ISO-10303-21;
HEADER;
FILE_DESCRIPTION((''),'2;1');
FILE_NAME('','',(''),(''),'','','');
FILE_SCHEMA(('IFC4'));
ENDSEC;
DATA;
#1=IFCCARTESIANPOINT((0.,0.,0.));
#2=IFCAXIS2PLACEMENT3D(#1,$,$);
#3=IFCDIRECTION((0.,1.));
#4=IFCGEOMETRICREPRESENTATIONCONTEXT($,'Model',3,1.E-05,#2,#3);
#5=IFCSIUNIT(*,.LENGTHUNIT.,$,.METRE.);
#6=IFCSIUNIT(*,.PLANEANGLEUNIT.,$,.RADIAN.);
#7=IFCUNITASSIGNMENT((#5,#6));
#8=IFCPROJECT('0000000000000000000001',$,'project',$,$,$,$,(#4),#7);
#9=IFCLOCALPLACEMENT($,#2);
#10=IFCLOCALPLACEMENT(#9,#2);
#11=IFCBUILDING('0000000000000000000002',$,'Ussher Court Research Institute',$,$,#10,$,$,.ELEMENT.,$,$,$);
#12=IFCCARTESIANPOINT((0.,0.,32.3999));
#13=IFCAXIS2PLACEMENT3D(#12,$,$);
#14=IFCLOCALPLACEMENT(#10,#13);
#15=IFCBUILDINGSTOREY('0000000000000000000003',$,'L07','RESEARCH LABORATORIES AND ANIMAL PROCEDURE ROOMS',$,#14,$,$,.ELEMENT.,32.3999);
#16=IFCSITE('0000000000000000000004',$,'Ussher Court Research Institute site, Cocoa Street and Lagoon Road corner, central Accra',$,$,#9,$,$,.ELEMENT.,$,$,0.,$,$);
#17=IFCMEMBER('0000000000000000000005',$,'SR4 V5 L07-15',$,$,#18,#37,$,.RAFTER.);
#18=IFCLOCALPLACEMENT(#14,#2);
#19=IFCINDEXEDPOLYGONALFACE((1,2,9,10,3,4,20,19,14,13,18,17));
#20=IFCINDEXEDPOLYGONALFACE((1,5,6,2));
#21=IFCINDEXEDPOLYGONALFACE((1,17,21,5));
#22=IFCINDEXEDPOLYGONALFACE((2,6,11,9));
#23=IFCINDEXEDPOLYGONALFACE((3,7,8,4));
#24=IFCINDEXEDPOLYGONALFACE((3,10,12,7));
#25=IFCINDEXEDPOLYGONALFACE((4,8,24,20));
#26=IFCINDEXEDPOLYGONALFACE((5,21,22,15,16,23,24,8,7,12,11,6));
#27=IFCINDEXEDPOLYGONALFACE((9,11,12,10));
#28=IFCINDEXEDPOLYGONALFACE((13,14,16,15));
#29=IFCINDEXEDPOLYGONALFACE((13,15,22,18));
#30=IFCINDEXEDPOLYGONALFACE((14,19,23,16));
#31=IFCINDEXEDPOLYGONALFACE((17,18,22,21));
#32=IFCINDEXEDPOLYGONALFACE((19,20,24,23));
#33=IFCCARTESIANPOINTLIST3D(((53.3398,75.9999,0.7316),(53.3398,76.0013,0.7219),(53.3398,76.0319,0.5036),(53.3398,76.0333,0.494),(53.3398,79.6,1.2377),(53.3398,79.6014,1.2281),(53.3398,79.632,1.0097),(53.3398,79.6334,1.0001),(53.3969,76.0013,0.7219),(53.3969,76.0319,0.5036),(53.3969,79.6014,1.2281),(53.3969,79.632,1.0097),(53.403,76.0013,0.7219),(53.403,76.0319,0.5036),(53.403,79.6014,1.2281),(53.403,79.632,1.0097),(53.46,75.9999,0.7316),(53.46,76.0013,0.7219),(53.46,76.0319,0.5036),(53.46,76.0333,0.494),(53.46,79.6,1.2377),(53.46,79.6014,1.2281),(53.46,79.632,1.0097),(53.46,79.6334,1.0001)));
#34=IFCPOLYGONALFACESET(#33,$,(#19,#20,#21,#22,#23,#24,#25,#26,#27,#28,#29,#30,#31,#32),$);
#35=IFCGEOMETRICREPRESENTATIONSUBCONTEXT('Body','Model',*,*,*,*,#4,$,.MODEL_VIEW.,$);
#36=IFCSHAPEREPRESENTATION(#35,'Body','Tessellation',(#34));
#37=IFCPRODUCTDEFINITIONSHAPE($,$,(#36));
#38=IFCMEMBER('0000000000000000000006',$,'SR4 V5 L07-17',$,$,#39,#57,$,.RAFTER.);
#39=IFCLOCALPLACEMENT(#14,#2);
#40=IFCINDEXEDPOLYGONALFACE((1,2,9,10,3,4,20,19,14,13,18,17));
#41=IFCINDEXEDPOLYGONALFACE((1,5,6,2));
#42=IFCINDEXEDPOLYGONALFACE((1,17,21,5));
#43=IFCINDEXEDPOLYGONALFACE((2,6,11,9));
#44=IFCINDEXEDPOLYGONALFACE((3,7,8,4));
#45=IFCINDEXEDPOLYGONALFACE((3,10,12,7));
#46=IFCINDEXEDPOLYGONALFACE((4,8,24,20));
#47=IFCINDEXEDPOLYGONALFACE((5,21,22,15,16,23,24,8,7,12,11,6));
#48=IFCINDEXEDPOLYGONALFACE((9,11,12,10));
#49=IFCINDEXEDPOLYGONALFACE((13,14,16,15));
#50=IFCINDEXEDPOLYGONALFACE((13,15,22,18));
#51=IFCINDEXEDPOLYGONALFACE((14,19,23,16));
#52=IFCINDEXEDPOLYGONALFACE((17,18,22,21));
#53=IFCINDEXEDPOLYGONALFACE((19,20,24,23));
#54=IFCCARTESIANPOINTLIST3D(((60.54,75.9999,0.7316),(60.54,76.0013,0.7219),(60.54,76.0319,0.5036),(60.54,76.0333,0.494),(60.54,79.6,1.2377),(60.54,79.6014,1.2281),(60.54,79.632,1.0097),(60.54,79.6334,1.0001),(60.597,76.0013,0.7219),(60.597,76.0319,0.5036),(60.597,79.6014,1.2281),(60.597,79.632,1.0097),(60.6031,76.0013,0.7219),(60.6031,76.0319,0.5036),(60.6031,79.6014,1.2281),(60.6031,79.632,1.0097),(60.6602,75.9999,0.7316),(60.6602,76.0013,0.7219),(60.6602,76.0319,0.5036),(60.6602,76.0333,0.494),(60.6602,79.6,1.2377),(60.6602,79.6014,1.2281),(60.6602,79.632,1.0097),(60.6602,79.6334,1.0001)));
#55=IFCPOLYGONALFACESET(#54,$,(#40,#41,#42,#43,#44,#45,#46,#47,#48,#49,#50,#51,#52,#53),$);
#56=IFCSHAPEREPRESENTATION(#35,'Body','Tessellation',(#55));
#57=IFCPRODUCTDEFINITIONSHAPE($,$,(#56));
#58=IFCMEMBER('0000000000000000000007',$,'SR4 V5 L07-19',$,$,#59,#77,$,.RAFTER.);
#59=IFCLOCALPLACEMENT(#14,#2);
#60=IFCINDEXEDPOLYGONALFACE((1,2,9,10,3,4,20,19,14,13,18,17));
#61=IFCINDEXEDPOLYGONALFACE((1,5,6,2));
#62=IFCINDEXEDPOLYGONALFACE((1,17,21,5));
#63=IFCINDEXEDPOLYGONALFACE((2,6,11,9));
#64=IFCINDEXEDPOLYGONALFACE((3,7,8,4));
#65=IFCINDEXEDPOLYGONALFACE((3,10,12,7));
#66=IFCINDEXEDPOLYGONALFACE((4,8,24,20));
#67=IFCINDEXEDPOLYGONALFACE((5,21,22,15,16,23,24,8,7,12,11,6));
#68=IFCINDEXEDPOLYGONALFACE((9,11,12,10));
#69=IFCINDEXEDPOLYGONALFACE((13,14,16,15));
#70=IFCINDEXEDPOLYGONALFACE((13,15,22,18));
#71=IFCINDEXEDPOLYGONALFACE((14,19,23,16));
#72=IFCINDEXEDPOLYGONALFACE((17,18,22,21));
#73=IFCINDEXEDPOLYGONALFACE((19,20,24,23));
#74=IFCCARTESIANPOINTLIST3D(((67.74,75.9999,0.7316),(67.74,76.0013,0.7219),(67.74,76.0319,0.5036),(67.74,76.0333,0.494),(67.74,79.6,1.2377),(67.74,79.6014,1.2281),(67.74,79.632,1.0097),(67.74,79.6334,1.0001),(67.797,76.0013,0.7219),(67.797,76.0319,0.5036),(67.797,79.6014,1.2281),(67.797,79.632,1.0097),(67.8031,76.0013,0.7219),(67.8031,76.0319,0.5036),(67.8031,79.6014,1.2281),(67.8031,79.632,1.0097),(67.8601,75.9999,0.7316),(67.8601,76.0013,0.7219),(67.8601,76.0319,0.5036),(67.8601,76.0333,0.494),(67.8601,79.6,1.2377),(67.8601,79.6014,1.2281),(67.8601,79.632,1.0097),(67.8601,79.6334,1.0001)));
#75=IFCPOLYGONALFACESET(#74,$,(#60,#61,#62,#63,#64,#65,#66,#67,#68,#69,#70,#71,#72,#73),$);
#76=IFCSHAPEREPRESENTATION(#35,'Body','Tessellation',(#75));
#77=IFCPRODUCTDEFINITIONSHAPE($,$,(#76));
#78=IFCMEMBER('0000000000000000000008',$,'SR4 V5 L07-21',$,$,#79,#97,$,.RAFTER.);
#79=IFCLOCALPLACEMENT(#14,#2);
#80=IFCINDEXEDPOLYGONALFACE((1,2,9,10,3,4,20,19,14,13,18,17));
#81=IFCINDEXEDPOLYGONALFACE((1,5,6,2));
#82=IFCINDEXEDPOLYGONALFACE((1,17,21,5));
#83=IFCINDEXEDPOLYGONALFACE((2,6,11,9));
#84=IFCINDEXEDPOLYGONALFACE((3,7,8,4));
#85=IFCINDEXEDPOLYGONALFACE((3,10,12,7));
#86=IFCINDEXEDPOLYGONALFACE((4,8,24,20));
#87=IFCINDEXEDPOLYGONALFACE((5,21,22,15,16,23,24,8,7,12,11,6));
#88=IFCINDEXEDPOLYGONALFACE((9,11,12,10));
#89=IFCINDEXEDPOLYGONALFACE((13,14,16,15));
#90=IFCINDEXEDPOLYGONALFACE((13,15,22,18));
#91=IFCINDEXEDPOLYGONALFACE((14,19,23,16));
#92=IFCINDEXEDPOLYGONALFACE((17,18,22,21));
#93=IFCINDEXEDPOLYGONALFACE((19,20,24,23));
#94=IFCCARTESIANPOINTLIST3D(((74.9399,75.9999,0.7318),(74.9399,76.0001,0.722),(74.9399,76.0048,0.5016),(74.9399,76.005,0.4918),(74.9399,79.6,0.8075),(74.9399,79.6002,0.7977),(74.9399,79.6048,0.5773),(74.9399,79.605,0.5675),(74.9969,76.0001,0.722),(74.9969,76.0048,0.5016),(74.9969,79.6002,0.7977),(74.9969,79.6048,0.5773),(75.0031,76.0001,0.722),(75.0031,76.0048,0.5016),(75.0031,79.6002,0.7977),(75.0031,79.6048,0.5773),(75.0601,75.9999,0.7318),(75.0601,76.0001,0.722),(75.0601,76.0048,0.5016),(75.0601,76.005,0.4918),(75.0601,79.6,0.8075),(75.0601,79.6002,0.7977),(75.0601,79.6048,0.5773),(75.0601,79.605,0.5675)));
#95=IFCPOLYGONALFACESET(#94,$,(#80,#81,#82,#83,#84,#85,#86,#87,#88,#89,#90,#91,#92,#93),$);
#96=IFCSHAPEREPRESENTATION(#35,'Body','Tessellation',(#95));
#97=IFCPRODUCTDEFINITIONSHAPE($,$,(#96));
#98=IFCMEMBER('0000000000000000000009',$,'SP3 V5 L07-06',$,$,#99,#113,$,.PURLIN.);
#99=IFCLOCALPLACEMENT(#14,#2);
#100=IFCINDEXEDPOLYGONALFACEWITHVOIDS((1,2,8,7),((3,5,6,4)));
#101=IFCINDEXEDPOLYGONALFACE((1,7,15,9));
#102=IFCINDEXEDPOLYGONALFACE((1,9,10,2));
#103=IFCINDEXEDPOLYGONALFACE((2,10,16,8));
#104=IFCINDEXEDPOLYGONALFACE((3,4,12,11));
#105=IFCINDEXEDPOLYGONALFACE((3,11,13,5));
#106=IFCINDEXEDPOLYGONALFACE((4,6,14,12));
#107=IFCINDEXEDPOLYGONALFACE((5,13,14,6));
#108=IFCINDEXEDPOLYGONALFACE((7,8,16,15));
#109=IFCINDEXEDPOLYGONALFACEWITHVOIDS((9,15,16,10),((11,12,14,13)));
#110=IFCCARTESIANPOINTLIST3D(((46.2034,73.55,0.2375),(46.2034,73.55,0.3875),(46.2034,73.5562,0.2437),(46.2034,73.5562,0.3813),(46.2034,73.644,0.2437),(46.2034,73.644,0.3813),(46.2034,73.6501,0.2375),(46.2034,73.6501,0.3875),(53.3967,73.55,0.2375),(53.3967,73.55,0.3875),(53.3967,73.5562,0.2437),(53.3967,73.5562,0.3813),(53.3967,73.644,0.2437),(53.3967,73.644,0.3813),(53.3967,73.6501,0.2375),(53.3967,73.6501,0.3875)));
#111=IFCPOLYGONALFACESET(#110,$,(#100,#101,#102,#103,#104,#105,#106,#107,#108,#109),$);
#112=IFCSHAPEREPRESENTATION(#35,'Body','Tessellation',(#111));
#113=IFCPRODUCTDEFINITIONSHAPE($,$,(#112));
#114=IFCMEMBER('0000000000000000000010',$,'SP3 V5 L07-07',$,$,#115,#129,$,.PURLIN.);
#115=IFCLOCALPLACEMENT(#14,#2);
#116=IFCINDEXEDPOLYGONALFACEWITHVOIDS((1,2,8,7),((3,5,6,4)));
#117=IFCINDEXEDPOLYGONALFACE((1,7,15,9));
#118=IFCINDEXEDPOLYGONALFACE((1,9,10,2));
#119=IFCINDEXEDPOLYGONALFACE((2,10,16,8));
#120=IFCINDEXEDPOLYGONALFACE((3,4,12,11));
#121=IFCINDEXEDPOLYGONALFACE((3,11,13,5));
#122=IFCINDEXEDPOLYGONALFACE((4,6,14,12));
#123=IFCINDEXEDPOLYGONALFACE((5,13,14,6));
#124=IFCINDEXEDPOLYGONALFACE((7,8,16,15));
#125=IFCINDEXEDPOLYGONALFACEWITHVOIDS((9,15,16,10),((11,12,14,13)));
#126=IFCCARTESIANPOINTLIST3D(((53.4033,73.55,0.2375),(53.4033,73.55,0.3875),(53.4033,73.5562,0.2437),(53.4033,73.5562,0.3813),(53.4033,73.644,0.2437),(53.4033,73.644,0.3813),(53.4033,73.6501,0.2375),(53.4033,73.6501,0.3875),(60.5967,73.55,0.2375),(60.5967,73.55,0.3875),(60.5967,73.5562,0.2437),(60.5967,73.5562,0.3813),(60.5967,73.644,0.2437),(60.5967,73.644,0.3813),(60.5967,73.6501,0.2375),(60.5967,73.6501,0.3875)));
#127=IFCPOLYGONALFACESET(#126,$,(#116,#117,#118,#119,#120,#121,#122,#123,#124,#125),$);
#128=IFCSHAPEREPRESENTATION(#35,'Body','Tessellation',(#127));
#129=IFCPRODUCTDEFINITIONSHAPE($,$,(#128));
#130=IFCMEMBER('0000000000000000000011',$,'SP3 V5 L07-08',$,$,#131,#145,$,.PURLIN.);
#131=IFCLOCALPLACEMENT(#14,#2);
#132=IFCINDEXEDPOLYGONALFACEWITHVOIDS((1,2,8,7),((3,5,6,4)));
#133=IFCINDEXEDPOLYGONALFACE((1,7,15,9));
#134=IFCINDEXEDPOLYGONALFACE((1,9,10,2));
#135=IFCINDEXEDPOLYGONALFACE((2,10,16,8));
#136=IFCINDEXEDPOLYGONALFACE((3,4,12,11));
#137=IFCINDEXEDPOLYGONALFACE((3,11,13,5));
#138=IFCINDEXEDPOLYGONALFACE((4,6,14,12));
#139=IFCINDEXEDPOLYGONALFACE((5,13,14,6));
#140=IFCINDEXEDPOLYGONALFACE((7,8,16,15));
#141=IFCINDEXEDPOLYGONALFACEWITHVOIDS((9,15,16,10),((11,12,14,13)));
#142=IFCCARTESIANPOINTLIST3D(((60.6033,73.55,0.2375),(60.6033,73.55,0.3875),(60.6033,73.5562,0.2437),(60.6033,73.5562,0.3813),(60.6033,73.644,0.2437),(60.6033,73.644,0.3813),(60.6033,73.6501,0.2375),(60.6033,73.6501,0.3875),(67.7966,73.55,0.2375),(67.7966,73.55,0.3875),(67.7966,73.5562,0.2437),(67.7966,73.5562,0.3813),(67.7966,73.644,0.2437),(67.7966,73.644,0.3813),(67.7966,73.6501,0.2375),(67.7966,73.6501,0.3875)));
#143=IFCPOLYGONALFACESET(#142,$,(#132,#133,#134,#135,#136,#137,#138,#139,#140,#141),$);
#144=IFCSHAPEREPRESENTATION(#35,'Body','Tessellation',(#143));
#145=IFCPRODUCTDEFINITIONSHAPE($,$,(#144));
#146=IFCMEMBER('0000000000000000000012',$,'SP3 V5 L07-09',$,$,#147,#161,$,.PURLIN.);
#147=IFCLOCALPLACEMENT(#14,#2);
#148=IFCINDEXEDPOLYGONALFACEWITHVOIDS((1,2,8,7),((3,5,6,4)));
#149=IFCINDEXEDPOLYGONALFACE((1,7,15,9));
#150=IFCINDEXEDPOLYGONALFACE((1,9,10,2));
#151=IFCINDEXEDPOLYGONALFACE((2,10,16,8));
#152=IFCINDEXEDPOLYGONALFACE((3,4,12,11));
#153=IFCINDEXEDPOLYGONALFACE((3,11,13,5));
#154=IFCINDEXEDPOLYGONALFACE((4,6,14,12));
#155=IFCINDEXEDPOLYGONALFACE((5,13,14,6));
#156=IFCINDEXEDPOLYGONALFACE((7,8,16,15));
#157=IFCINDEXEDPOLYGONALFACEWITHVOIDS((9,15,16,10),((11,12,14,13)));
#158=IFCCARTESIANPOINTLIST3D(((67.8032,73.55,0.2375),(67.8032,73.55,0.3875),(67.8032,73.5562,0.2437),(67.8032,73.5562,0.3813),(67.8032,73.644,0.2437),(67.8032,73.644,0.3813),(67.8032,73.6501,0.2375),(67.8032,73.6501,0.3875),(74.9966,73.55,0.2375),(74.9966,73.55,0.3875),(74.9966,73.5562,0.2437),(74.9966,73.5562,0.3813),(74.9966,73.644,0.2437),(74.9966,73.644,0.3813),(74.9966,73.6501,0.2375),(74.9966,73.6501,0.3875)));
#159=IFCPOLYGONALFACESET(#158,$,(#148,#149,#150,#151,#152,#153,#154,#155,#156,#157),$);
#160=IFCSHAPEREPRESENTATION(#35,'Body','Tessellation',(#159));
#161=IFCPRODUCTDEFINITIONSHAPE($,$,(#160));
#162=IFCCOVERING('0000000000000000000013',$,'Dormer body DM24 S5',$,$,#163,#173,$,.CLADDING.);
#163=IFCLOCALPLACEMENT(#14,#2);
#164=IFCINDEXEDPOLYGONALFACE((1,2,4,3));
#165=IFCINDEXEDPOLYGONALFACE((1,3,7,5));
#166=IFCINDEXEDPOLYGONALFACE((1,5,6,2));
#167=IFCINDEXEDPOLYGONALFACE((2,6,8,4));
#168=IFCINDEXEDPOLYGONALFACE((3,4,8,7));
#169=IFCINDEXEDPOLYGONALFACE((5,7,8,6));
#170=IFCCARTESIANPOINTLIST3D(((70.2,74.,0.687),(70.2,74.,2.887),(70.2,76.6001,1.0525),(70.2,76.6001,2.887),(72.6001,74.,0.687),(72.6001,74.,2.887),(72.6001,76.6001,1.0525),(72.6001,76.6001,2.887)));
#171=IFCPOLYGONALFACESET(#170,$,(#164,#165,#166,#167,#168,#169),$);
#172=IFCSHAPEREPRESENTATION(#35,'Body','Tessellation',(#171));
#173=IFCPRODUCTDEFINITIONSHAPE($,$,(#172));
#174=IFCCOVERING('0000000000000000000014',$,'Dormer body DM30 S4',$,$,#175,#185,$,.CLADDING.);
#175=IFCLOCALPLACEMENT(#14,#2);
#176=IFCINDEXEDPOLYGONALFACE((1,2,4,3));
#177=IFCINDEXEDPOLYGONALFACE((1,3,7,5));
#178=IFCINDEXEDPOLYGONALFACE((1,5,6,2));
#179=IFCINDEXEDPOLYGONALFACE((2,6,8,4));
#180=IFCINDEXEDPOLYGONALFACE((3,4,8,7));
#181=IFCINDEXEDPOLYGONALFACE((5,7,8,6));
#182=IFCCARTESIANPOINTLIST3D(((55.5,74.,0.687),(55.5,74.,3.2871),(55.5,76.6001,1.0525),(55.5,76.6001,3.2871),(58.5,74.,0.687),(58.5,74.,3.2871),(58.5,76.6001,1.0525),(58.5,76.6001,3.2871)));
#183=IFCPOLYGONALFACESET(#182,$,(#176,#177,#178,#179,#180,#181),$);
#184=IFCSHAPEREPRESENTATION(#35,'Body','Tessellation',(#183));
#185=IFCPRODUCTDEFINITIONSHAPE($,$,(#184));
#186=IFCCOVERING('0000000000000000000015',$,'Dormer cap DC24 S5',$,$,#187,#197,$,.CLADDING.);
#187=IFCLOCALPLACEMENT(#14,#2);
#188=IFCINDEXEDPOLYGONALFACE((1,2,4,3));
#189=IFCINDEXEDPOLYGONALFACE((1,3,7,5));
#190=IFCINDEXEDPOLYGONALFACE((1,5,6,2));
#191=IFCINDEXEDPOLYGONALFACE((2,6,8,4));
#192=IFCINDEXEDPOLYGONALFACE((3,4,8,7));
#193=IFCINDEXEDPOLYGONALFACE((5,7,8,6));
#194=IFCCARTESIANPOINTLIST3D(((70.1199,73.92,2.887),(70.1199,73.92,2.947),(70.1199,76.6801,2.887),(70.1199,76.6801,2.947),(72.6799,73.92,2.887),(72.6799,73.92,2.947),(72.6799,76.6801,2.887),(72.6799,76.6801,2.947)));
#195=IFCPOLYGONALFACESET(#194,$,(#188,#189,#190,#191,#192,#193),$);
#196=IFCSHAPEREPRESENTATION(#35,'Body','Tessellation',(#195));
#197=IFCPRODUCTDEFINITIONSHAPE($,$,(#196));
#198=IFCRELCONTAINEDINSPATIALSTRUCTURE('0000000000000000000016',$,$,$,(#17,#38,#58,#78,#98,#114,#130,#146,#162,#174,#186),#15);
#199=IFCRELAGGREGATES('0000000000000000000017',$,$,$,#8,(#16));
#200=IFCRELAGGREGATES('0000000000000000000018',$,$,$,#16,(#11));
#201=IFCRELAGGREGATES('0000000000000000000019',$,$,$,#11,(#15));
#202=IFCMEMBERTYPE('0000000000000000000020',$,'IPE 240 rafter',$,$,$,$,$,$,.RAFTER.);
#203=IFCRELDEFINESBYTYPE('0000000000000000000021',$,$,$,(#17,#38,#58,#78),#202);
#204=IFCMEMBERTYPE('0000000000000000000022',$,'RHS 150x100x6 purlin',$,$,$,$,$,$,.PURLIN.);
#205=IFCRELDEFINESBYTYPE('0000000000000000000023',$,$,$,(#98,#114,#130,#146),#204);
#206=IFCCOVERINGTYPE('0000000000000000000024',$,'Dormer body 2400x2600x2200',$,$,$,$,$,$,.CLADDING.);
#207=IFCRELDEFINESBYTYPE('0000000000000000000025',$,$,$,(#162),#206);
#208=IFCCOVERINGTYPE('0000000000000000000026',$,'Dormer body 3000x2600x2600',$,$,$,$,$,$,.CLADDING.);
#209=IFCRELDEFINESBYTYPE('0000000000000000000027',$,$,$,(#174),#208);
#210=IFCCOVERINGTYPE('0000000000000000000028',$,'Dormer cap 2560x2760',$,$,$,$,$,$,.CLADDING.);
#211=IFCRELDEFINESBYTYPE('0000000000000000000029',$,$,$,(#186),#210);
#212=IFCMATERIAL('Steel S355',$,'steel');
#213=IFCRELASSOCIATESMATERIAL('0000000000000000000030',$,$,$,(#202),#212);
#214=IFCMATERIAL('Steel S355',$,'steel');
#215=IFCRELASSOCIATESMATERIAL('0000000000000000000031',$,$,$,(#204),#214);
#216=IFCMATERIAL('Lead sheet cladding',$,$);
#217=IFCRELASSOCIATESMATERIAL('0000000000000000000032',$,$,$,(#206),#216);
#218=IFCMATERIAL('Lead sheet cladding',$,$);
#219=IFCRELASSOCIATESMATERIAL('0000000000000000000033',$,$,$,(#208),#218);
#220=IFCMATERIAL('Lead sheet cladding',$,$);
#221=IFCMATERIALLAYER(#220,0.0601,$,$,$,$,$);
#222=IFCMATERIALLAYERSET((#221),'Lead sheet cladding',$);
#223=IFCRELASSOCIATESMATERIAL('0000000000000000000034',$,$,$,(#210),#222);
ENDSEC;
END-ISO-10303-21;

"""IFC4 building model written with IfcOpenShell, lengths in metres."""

from ifc_helpers import new_model, si_unit, direction, frame, origin, origin_2d, place, context, subcontext, project, spatial, polyline, rectangle, hollow_rectangle, i_section, outline, extrude, material, layer, layer_set, material_profile, profile_set, type_object, element, save


model = new_model("IFC4")

# Units and contexts
model_context = context("Model", 3, precision=1e-05, world=origin(), true_north=direction((0.0, 1.0)))
body_context = subcontext(model_context, "Body", "Model", "MODEL_VIEW")
ifc_project = project(units=[si_unit("LENGTHUNIT", "METRE"), si_unit("PLANEANGLEUNIT", "RADIAN")], contexts=[model_context])

# Site, building, storey
site_placement = place(None, origin())
site = spatial("IfcSite", under=ifc_project, at=site_placement, Name="Ussher Court Research Institute site, Cocoa Street and Lagoon Road corner, central Accra", CompositionType="ELEMENT", RefElevation=0.0)
building_placement = place(site_placement, origin())
building = spatial("IfcBuilding", under=site, at=building_placement, Name="Ussher Court Research Institute", CompositionType="ELEMENT")
storey_placement = place(building_placement, frame((0.0, 0.0, 32.3999)))
storey = spatial("IfcBuildingStorey", under=building, at=storey_placement, Name="L07", Description="RESEARCH LABORATORIES AND ANIMAL PROCEDURE ROOMS", CompositionType="ELEMENT", Elevation=32.3999)

# Members
ifc_material_1 = material(Name="Steel S355", Category="steel")
ifc_material_profile_1 = material_profile(ifc_material_1, i_section(OverallWidth=0.1201, OverallDepth=0.24, WebThickness=0.0061, FlangeThickness=0.0098, at=origin_2d()), Name="IPE 240")
ifc_profile_set_1 = profile_set([ifc_material_profile_1], Name="Steel S355")
member_type_1 = type_object("IfcMemberType", Name="IPE 240 rafter", PredefinedType="RAFTER", material=ifc_profile_set_1)
for number, where, z_axis, x_axis, name in (
    (1, (53.3999, 76.0166, 0.6128), (0.0, 0.990263, 0.139212), (-1.0, 0.0, 0.0), "SR4 V5 L07-15"),
    (2, (60.6001, 76.0166, 0.6128), (0.0, 0.990263, 0.139212), (-1.0, 0.0, 0.0), "SR4 V5 L07-17"),
    (3, (67.8, 76.0166, 0.6128), (0.0, 0.990263, 0.139212), (-1.0, 0.0, 0.0), "SR4 V5 L07-19"),
):
    element("IfcMember", number, at=place(storey_placement, frame(where, z_axis=z_axis, x_axis=x_axis)), inside=storey, type_object=member_type_1, Name=name, PredefinedType="RAFTER", context=body_context, shape_type="SweptSolid", body=[
        extrude(i_section(OverallWidth=0.1201, OverallDepth=0.24, WebThickness=0.0061, FlangeThickness=0.0098, at=origin_2d()), origin(), (0.0, 0.0, 1.0), 3.6355),
    ])
member_1_placement = place(storey_placement, frame((75.0, 76.0024, 0.6118), z_axis=(0.0, 0.999779, 0.021018), x_axis=(-1.0, 0.0, 0.0)))
element("IfcMember", 4, at=member_1_placement, inside=storey, type_object=member_type_1, Name="SR4 V5 L07-21", PredefinedType="RAFTER", context=body_context, shape_type="SweptSolid", body=[
    extrude(i_section(OverallWidth=0.1201, OverallDepth=0.24, WebThickness=0.0061, FlangeThickness=0.0098, at=origin_2d()), origin(), (0.0, 0.0, 1.0), 3.6008),
])
ifc_material_2 = material(Name="Steel S355", Category="steel")
ifc_material_profile_2 = material_profile(ifc_material_2, hollow_rectangle(XDim=0.1001, YDim=0.1499, WallThickness=0.0061, at=origin_2d()), Name="RHS 150x100x6")
ifc_profile_set_2 = profile_set([ifc_material_profile_2], Name="Steel S355")
member_type_2 = type_object("IfcMemberType", Name="RHS 150x100x6 purlin", PredefinedType="PURLIN", material=ifc_profile_set_2)
for number, where, z_axis, x_axis, name in (
    (5, (46.2034, 73.6001, 0.3125), (1.0, 0.0, 0.0), (0.0, 1.0, 0.0), "SP3 V5 L07-06"),
    (6, (53.4033, 73.6001, 0.3125), (1.0, 0.0, 0.0), (0.0, 1.0, 0.0), "SP3 V5 L07-07"),
    (7, (60.6033, 73.6001, 0.3125), (1.0, 0.0, 0.0), (0.0, 1.0, 0.0), "SP3 V5 L07-08"),
    (8, (67.8032, 73.6001, 0.3125), (1.0, 0.0, 0.0), (0.0, 1.0, 0.0), "SP3 V5 L07-09"),
):
    element("IfcMember", number, at=place(storey_placement, frame(where, z_axis=z_axis, x_axis=x_axis)), inside=storey, type_object=member_type_2, Name=name, PredefinedType="PURLIN", context=body_context, shape_type="SweptSolid", body=[
        extrude(hollow_rectangle(XDim=0.1001, YDim=0.1499, WallThickness=0.0061, at=origin_2d()), origin(), (0.0, 0.0, 1.0), 7.1934),
    ])

# Coverings
ifc_material_3 = material(Name="Lead sheet cladding")
covering_type_1 = type_object("IfcCoveringType", Name="Dormer body 2400x2600x2200", PredefinedType="CLADDING", material=ifc_material_3)
covering_1_placement = place(storey_placement, frame((70.2, 74.0, 0.687), z_axis=(1.0, 0.0, 0.0), x_axis=(0.0, 1.0, 0.0)))
element("IfcCovering", 9, at=covering_1_placement, inside=storey, type_object=covering_type_1, Name="Dormer body DM24 S5", PredefinedType="CLADDING", context=body_context, shape_type="SweptSolid", body=[
    extrude(outline(polyline([(0.0, 0.0), (2.6001, 0.3655), (2.6001, 2.2), (0.0, 2.2), (0.0, 0.0)])), origin(), (0.0, 0.0, 1.0), 2.4001),
])
ifc_material_4 = material(Name="Lead sheet cladding")
covering_type_2 = type_object("IfcCoveringType", Name="Dormer body 3000x2600x2600", PredefinedType="CLADDING", material=ifc_material_4)
covering_2_placement = place(storey_placement, frame((55.5, 74.0, 0.687), z_axis=(1.0, 0.0, 0.0), x_axis=(0.0, 1.0, 0.0)))
element("IfcCovering", 10, at=covering_2_placement, inside=storey, type_object=covering_type_2, Name="Dormer body DM30 S4", PredefinedType="CLADDING", context=body_context, shape_type="SweptSolid", body=[
    extrude(outline(polyline([(0.0, 0.0), (2.6001, 0.3655), (2.6001, 2.6001), (0.0, 2.6001), (0.0, 0.0)])), origin(), (0.0, 0.0, 1.0), 3.0),
])
ifc_material_5 = material(Name="Lead sheet cladding")
ifc_layer_1 = layer(ifc_material_5, 0.0601)
ifc_layer_set_1 = layer_set([ifc_layer_1], Name="Lead sheet cladding")
covering_type_3 = type_object("IfcCoveringType", Name="Dormer cap 2560x2760", PredefinedType="CLADDING", material=ifc_layer_set_1)
covering_3_placement = place(storey_placement, frame((71.3999, 75.3, 2.887), z_axis=(0.0, 0.0, 1.0), x_axis=(1.0, 0.0, 0.0)))
element("IfcCovering", 11, at=covering_3_placement, inside=storey, type_object=covering_type_3, Name="Dormer cap DC24 S5", PredefinedType="CLADDING", context=body_context, shape_type="SweptSolid", body=[
    extrude(rectangle(XDim=2.5601, YDim=2.76, at=origin_2d()), origin(), (0.0, 0.0, 1.0), 0.0601),
])

save(model, "model.ifc")
